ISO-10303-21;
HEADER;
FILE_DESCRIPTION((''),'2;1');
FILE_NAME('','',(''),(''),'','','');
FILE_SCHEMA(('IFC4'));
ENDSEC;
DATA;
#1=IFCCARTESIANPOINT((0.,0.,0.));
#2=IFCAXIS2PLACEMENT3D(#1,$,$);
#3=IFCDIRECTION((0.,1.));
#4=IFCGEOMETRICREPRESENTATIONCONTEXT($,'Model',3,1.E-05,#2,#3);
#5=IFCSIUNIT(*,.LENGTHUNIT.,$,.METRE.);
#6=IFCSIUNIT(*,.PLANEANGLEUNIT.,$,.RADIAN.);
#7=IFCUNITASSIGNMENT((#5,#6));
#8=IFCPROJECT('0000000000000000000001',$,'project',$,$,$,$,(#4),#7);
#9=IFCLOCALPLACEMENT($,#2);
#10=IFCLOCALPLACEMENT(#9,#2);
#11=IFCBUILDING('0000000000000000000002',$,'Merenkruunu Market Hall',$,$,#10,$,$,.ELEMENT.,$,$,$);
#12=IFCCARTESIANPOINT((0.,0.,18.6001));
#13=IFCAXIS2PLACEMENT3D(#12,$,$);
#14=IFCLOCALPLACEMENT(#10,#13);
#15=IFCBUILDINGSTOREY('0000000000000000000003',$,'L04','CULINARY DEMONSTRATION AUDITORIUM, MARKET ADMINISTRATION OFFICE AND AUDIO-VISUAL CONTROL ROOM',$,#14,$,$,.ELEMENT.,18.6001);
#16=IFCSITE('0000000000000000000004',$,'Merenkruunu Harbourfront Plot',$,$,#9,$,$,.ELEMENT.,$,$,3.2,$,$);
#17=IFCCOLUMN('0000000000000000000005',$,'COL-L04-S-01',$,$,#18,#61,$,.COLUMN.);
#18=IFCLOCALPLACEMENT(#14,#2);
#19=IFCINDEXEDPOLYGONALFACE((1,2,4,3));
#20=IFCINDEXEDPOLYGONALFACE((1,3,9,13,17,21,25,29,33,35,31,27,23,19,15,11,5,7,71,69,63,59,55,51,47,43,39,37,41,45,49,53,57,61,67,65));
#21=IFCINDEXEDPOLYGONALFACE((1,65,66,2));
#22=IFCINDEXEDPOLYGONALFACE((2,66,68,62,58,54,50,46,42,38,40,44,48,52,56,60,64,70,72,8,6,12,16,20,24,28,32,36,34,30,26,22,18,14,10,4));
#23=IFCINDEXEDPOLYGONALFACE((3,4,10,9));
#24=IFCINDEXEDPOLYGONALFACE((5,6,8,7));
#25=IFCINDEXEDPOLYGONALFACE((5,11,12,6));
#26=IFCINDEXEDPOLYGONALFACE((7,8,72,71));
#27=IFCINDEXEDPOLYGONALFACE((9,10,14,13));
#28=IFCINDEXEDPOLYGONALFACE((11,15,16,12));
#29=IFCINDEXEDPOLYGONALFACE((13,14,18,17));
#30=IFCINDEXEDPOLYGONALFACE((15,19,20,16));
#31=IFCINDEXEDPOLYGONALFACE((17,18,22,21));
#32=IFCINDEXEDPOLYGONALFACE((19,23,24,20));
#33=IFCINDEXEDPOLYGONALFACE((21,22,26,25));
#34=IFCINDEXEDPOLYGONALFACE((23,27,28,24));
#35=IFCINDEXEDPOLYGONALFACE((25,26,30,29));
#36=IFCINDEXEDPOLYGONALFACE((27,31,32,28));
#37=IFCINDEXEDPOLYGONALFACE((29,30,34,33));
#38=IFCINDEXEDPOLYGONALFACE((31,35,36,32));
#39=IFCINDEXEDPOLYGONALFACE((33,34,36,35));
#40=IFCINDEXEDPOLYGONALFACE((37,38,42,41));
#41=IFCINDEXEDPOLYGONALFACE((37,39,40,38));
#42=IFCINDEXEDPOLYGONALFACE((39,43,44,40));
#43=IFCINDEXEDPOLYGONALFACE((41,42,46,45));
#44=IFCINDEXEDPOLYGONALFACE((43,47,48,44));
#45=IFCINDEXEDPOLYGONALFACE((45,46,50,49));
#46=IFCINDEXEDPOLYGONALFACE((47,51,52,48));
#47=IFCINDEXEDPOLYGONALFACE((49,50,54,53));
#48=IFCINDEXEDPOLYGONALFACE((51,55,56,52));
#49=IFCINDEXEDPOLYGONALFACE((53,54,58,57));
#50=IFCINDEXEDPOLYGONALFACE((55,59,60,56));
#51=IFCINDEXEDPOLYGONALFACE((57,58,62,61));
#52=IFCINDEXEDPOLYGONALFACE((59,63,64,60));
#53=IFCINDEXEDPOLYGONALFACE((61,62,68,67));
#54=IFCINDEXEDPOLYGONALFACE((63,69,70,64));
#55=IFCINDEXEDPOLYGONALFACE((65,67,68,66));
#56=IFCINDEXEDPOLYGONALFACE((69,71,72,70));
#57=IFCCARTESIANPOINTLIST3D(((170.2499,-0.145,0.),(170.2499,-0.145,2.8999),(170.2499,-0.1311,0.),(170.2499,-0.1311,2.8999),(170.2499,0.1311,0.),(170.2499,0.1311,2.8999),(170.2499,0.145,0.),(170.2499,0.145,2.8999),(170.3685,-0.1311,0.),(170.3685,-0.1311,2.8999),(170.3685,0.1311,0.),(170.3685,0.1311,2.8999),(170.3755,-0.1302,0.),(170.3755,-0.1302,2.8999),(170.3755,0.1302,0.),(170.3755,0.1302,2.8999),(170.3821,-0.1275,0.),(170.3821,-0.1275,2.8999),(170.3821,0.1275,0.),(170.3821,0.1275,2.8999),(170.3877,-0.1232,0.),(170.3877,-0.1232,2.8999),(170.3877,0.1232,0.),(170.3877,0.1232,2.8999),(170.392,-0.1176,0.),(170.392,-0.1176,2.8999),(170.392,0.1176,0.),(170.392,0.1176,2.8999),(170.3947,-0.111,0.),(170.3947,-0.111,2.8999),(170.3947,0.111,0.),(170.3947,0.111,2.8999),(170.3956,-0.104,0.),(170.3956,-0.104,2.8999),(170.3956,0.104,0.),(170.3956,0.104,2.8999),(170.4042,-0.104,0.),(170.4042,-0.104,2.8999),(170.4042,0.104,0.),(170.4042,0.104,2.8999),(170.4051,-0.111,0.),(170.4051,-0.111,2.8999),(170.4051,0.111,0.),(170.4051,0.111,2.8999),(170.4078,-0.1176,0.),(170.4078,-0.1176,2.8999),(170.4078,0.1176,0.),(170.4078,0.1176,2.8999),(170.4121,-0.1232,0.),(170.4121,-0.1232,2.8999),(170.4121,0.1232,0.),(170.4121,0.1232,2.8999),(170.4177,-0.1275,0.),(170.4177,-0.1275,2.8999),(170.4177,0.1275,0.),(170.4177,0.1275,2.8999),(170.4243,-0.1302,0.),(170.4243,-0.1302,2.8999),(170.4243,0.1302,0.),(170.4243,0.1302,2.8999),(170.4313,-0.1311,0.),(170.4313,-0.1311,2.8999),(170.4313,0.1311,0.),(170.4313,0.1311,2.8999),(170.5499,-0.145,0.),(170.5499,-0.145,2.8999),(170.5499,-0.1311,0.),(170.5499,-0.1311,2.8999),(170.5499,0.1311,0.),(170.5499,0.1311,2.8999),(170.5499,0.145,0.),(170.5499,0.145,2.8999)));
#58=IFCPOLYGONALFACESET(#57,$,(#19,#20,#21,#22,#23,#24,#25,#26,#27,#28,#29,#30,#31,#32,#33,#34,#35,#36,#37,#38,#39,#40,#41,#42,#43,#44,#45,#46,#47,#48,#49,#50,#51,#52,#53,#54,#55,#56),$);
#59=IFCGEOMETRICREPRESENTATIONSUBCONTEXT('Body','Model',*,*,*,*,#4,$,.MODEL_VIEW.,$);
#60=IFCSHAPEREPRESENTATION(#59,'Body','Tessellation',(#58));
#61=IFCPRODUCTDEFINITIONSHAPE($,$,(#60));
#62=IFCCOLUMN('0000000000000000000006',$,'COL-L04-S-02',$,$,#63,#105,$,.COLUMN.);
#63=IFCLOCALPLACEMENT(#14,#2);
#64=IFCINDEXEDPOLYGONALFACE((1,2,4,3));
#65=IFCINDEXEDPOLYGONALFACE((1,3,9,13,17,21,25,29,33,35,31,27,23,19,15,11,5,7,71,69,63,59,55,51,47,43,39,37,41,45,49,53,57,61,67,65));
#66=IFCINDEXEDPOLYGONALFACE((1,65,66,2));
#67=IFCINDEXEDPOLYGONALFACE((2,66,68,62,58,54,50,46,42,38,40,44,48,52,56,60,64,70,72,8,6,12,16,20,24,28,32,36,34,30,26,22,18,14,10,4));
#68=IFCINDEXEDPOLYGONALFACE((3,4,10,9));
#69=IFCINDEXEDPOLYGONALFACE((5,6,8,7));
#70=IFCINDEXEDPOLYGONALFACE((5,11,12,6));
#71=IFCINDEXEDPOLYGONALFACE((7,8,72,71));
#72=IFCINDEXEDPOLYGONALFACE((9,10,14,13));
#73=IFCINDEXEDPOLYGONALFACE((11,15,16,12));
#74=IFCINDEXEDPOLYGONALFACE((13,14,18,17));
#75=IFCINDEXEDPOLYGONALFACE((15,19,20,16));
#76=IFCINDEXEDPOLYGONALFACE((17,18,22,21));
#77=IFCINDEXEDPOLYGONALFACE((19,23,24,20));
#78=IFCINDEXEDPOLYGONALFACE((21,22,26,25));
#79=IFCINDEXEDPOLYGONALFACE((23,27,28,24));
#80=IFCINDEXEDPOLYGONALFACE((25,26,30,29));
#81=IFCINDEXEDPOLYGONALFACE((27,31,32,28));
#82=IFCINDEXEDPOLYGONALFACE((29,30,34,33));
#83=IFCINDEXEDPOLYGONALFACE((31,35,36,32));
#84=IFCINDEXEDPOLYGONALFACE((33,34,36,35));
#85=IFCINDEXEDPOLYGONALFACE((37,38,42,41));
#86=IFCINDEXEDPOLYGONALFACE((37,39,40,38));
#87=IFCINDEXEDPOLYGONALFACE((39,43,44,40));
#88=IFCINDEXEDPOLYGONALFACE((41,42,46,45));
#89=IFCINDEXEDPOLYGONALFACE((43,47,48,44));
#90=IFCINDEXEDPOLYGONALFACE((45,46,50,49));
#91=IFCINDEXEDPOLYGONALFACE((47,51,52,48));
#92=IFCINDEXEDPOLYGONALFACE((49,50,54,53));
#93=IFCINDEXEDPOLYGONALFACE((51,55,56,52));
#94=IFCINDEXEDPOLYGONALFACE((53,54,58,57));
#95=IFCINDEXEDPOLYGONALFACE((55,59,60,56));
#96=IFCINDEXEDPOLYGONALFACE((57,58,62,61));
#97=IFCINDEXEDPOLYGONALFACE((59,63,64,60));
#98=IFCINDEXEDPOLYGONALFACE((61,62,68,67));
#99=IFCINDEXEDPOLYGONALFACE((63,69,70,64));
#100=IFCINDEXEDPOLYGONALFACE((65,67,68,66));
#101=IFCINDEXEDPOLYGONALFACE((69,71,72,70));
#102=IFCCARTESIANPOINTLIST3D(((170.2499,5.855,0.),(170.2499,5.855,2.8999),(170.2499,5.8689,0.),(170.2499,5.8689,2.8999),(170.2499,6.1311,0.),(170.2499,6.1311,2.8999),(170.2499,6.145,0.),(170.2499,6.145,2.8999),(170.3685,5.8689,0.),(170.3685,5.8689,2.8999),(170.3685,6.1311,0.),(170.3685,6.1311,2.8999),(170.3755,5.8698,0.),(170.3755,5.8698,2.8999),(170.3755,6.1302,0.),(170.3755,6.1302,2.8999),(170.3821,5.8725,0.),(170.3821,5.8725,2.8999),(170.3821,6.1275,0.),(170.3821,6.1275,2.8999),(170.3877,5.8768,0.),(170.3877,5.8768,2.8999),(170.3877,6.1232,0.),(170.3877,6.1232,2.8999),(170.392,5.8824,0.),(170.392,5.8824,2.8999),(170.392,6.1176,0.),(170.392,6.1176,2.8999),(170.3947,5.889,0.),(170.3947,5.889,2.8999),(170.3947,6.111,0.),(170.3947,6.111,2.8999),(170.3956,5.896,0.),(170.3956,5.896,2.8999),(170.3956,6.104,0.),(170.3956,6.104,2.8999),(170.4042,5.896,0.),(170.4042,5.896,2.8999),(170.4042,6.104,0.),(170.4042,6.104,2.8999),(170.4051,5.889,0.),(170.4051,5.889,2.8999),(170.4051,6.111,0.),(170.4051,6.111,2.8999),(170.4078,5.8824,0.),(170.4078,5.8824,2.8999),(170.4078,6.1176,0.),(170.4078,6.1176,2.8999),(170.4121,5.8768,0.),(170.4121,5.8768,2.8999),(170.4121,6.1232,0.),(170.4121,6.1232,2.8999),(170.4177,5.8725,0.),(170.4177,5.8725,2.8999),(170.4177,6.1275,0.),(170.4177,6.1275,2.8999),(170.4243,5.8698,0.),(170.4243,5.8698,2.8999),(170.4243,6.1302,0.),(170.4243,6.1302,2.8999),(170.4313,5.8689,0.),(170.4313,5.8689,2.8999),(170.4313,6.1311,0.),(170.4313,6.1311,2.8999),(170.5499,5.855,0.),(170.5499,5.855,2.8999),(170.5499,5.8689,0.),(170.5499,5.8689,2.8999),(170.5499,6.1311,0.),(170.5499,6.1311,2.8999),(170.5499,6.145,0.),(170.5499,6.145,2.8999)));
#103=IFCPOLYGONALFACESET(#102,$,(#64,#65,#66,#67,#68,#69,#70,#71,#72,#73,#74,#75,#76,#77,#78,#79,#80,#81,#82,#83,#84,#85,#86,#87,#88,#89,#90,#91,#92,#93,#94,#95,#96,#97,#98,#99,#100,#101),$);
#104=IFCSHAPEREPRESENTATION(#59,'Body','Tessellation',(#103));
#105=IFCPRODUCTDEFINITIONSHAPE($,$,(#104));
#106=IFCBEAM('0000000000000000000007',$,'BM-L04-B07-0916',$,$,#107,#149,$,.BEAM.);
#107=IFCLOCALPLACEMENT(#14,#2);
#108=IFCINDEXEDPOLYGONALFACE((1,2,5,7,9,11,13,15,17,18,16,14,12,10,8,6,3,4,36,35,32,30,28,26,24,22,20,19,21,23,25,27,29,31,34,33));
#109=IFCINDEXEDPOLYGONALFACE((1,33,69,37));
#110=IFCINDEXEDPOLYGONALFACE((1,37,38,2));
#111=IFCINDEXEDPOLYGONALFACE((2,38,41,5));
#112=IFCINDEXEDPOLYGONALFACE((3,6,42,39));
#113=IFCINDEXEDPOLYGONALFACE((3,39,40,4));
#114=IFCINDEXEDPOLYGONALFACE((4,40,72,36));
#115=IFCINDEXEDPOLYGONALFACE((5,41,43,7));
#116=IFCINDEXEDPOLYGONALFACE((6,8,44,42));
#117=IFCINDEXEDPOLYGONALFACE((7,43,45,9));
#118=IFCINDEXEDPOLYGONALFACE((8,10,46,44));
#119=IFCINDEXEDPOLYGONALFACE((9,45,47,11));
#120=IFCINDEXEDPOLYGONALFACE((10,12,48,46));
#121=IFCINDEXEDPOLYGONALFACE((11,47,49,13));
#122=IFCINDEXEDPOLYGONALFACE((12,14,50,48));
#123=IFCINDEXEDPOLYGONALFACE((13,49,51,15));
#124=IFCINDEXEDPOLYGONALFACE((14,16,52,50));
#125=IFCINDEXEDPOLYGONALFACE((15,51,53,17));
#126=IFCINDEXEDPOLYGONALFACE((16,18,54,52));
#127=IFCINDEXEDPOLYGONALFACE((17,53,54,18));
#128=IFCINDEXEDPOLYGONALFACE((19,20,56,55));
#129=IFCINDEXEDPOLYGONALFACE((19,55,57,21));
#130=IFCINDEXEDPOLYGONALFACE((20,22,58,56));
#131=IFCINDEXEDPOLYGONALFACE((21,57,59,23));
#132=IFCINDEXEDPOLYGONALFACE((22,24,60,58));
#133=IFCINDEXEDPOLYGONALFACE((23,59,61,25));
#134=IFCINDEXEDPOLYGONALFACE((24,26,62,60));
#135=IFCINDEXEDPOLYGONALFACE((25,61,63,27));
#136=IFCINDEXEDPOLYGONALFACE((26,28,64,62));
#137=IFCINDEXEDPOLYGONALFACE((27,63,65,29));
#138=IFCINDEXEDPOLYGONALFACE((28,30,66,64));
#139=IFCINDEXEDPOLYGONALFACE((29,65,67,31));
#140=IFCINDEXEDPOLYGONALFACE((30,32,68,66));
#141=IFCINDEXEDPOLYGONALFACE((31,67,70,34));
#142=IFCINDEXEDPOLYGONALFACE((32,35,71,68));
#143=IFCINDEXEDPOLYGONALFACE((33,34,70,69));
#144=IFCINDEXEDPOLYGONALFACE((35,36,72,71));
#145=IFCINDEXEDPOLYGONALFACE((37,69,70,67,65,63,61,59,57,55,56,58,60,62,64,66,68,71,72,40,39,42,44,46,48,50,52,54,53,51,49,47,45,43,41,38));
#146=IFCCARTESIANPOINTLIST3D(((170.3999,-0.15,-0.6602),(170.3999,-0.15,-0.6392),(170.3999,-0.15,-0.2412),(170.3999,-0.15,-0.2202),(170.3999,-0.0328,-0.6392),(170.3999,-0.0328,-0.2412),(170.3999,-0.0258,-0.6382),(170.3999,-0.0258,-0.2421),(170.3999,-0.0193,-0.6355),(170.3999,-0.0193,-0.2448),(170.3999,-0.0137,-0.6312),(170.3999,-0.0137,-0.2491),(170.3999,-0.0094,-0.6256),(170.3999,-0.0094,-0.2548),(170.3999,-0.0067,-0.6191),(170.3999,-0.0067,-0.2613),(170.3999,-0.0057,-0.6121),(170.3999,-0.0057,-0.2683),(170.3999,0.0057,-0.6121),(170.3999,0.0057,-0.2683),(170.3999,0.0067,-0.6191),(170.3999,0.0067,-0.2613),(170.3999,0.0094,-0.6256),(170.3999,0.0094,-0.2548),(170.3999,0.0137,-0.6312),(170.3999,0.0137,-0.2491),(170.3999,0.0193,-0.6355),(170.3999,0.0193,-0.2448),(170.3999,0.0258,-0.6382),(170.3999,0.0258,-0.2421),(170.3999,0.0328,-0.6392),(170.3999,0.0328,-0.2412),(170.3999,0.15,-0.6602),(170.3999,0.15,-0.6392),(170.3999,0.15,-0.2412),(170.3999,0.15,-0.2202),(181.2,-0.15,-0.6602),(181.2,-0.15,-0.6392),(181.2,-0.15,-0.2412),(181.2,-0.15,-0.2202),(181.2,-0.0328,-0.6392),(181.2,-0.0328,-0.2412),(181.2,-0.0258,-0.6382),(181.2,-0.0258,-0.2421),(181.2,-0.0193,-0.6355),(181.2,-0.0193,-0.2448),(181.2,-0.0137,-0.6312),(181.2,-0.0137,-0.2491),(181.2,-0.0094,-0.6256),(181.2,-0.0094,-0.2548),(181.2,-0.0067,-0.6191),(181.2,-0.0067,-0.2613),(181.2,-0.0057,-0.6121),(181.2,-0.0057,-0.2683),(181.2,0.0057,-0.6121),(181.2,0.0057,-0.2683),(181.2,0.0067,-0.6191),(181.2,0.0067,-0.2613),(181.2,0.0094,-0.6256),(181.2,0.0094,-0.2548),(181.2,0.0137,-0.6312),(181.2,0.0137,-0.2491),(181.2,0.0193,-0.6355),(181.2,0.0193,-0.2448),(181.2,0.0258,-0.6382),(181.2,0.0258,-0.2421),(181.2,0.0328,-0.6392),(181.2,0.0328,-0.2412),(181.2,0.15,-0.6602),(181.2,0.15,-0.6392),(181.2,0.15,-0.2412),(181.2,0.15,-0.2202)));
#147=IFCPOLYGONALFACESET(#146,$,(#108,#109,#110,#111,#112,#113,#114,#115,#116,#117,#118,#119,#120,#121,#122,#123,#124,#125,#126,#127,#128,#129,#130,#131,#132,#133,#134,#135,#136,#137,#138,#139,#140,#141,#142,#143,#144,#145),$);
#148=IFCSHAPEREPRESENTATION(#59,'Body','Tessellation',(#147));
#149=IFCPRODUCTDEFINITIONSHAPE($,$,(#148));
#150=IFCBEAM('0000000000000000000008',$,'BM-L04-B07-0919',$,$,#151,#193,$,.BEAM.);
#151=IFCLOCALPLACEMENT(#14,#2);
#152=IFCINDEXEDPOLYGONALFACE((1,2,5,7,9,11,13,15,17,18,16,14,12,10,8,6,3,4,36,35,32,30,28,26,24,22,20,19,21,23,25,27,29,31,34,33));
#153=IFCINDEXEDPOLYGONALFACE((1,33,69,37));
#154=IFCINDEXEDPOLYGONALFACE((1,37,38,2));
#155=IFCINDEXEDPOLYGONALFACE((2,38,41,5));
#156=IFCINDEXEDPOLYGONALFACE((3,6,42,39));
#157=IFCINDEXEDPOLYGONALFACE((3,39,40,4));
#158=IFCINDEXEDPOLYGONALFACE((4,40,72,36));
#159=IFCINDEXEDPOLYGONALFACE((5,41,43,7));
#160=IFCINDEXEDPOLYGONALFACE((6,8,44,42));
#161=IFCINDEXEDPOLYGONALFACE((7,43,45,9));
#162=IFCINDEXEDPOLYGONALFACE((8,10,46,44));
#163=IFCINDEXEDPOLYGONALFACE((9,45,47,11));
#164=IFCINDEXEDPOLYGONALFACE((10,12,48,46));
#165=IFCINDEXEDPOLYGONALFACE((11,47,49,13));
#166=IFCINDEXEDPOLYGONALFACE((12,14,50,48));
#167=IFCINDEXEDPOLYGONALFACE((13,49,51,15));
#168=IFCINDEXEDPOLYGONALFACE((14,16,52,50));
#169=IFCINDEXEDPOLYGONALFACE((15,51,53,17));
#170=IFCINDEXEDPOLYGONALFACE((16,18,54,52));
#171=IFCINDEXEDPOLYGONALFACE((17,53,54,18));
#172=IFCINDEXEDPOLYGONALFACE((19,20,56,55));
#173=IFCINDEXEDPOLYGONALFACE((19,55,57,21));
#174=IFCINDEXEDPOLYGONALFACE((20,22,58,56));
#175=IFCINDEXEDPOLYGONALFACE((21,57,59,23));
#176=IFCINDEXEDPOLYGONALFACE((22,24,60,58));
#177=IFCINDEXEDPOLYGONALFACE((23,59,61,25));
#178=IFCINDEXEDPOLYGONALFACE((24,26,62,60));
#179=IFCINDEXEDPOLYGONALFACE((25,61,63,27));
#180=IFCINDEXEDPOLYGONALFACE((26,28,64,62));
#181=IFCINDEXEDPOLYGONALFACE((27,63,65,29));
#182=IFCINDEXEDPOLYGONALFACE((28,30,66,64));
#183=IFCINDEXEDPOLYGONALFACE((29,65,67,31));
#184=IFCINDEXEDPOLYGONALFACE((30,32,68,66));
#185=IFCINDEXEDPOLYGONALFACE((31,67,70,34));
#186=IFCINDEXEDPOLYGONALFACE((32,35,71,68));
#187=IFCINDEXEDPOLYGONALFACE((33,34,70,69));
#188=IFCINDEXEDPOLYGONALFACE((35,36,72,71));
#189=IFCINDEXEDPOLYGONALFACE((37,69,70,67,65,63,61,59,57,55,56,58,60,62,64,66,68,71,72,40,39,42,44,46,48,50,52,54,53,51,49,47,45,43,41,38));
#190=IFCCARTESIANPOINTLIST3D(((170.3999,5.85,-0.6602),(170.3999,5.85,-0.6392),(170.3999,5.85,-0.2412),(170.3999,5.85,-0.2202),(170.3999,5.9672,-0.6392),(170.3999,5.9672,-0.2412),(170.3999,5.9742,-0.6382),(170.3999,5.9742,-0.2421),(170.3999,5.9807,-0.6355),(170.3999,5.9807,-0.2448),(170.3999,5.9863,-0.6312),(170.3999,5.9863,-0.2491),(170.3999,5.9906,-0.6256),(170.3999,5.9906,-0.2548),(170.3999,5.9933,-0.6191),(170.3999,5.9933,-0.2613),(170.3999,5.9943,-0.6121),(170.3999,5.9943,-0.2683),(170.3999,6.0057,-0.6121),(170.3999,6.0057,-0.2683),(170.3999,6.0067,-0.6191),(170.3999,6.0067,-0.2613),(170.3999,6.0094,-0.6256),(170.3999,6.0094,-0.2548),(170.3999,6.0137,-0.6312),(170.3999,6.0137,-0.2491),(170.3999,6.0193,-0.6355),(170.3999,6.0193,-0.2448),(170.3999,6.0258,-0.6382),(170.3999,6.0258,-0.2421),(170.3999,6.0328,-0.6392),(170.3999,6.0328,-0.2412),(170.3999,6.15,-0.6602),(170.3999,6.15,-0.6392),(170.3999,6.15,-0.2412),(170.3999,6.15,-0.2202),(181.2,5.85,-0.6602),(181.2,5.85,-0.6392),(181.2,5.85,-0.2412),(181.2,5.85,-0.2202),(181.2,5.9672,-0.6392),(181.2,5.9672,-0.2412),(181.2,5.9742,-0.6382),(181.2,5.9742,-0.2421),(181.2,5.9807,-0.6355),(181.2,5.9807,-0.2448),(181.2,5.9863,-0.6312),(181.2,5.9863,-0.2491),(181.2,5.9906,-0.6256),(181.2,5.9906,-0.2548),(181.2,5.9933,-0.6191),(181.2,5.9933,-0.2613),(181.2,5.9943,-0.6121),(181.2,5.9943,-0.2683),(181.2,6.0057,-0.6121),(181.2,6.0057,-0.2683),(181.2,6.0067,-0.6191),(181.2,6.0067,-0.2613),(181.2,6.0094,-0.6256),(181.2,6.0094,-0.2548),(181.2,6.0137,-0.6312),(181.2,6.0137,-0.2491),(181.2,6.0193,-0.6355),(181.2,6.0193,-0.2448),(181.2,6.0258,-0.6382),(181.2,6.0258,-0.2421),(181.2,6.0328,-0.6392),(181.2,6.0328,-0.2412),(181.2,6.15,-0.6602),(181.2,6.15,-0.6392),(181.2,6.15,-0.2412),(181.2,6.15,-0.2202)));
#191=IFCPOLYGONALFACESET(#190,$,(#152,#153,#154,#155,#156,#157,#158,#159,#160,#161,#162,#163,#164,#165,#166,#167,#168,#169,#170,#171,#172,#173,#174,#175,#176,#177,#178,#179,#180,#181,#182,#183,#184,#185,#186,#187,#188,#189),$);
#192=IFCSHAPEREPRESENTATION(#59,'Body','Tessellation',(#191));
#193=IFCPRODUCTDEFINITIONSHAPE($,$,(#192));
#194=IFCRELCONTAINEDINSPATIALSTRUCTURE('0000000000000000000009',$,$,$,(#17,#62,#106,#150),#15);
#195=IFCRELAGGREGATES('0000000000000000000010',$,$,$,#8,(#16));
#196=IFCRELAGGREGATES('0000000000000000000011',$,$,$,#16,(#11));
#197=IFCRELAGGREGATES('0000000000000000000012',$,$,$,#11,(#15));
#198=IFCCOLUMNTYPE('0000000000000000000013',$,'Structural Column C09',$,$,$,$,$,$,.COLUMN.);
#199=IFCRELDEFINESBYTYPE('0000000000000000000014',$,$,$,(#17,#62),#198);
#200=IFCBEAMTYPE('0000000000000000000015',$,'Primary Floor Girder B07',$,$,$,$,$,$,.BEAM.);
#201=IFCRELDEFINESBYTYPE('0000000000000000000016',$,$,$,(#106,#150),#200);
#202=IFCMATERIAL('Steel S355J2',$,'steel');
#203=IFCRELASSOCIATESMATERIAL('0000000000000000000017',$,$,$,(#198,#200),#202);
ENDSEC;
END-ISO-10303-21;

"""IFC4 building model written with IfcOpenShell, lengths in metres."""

from ifc_helpers import new_model, si_unit, direction, frame, origin, origin_2d, place, context, subcontext, project, spatial, i_section, extrude, material, material_profile, profile_set, type_object, element, save


model = new_model("IFC4")

# Units and contexts
model_context = context("Model", 3, precision=1e-05, world=origin(), true_north=direction((0.0, 1.0)))
body_context = subcontext(model_context, "Body", "Model", "MODEL_VIEW")
ifc_project = project(units=[si_unit("LENGTHUNIT", "METRE"), si_unit("PLANEANGLEUNIT", "RADIAN")], contexts=[model_context])

# Site, building, storey
site_placement = place(None, origin())
site = spatial("IfcSite", under=ifc_project, at=site_placement, Name="Merenkruunu Harbourfront Plot", CompositionType="ELEMENT", RefElevation=3.2)
building_placement = place(site_placement, origin())
building = spatial("IfcBuilding", under=site, at=building_placement, Name="Merenkruunu Market Hall", CompositionType="ELEMENT")
storey_placement = place(building_placement, frame((0.0, 0.0, 18.6001)))
storey = spatial("IfcBuildingStorey", under=building, at=storey_placement, Name="L04", Description="CULINARY DEMONSTRATION AUDITORIUM, MARKET ADMINISTRATION OFFICE AND AUDIO-VISUAL CONTROL ROOM", CompositionType="ELEMENT", Elevation=18.6001)

# Columns
ifc_material_1 = material(Name="Steel S355J2", Category="steel")
ifc_material_profile_1 = material_profile(ifc_material_1, i_section(OverallWidth=0.3, OverallDepth=0.29, WebThickness=0.0085, FlangeThickness=0.0139, FilletRadius=0.0271, at=origin_2d()), Name="HEA 300")
ifc_profile_set_1 = profile_set([ifc_material_profile_1], Name="Steel S355J2")
column_type = type_object("IfcColumnType", Name="Structural Column C09", PredefinedType="COLUMN", material=ifc_profile_set_1)
for number, where, z_axis, x_axis, name in (
    (1, (170.3999, 0.0, 0.0), (0.0, 0.0, 1.0), (1.0, 0.0, 0.0), "COL-L04-S-01"),
    (2, (170.3999, 6.0, 0.0), (0.0, 0.0, 1.0), (1.0, 0.0, 0.0), "COL-L04-S-02"),
):
    element("IfcColumn", number, at=place(storey_placement, frame(where, z_axis=z_axis, x_axis=x_axis)), inside=storey, type_object=column_type, Name=name, PredefinedType="COLUMN", context=body_context, shape_type="SweptSolid", body=[
        extrude(i_section(OverallWidth=0.3, OverallDepth=0.29, WebThickness=0.0085, FlangeThickness=0.0139, FilletRadius=0.0271, at=origin_2d()), origin(), (0.0, 0.0, 1.0), 2.8999),
    ])

# Beams
ifc_material_profile_2 = material_profile(ifc_material_1, i_section(OverallWidth=0.3, OverallDepth=0.4399, WebThickness=0.0115, FlangeThickness=0.021, FilletRadius=0.0271, at=origin_2d()), Name="HEA 450")
ifc_profile_set_2 = profile_set([ifc_material_profile_2], Name="Steel S355J2")
beam_type_1 = type_object("IfcBeamType", Name="Primary Floor Girder B07", PredefinedType="BEAM", material=ifc_profile_set_2)
for number, where, z_axis, x_axis, name in (
    (3, (170.3999, 0.0, -0.4402), (1.0, 0.0, 0.0), (0.0, 1.0, 0.0), "BM-L04-B07-0916"),
    (4, (170.3999, 6.0, -0.4402), (1.0, 0.0, 0.0), (0.0, 1.0, 0.0), "BM-L04-B07-0919"),
):
    element("IfcBeam", number, at=place(storey_placement, frame(where, z_axis=z_axis, x_axis=x_axis)), inside=storey, type_object=beam_type_1, Name=name, PredefinedType="BEAM", context=body_context, shape_type="SweptSolid", body=[
        extrude(i_section(OverallWidth=0.3, OverallDepth=0.4399, WebThickness=0.0115, FlangeThickness=0.021, FilletRadius=0.0271, at=origin_2d()), origin(), (0.0, 0.0, 1.0), 10.8),
    ])

save(model, "model.ifc")
